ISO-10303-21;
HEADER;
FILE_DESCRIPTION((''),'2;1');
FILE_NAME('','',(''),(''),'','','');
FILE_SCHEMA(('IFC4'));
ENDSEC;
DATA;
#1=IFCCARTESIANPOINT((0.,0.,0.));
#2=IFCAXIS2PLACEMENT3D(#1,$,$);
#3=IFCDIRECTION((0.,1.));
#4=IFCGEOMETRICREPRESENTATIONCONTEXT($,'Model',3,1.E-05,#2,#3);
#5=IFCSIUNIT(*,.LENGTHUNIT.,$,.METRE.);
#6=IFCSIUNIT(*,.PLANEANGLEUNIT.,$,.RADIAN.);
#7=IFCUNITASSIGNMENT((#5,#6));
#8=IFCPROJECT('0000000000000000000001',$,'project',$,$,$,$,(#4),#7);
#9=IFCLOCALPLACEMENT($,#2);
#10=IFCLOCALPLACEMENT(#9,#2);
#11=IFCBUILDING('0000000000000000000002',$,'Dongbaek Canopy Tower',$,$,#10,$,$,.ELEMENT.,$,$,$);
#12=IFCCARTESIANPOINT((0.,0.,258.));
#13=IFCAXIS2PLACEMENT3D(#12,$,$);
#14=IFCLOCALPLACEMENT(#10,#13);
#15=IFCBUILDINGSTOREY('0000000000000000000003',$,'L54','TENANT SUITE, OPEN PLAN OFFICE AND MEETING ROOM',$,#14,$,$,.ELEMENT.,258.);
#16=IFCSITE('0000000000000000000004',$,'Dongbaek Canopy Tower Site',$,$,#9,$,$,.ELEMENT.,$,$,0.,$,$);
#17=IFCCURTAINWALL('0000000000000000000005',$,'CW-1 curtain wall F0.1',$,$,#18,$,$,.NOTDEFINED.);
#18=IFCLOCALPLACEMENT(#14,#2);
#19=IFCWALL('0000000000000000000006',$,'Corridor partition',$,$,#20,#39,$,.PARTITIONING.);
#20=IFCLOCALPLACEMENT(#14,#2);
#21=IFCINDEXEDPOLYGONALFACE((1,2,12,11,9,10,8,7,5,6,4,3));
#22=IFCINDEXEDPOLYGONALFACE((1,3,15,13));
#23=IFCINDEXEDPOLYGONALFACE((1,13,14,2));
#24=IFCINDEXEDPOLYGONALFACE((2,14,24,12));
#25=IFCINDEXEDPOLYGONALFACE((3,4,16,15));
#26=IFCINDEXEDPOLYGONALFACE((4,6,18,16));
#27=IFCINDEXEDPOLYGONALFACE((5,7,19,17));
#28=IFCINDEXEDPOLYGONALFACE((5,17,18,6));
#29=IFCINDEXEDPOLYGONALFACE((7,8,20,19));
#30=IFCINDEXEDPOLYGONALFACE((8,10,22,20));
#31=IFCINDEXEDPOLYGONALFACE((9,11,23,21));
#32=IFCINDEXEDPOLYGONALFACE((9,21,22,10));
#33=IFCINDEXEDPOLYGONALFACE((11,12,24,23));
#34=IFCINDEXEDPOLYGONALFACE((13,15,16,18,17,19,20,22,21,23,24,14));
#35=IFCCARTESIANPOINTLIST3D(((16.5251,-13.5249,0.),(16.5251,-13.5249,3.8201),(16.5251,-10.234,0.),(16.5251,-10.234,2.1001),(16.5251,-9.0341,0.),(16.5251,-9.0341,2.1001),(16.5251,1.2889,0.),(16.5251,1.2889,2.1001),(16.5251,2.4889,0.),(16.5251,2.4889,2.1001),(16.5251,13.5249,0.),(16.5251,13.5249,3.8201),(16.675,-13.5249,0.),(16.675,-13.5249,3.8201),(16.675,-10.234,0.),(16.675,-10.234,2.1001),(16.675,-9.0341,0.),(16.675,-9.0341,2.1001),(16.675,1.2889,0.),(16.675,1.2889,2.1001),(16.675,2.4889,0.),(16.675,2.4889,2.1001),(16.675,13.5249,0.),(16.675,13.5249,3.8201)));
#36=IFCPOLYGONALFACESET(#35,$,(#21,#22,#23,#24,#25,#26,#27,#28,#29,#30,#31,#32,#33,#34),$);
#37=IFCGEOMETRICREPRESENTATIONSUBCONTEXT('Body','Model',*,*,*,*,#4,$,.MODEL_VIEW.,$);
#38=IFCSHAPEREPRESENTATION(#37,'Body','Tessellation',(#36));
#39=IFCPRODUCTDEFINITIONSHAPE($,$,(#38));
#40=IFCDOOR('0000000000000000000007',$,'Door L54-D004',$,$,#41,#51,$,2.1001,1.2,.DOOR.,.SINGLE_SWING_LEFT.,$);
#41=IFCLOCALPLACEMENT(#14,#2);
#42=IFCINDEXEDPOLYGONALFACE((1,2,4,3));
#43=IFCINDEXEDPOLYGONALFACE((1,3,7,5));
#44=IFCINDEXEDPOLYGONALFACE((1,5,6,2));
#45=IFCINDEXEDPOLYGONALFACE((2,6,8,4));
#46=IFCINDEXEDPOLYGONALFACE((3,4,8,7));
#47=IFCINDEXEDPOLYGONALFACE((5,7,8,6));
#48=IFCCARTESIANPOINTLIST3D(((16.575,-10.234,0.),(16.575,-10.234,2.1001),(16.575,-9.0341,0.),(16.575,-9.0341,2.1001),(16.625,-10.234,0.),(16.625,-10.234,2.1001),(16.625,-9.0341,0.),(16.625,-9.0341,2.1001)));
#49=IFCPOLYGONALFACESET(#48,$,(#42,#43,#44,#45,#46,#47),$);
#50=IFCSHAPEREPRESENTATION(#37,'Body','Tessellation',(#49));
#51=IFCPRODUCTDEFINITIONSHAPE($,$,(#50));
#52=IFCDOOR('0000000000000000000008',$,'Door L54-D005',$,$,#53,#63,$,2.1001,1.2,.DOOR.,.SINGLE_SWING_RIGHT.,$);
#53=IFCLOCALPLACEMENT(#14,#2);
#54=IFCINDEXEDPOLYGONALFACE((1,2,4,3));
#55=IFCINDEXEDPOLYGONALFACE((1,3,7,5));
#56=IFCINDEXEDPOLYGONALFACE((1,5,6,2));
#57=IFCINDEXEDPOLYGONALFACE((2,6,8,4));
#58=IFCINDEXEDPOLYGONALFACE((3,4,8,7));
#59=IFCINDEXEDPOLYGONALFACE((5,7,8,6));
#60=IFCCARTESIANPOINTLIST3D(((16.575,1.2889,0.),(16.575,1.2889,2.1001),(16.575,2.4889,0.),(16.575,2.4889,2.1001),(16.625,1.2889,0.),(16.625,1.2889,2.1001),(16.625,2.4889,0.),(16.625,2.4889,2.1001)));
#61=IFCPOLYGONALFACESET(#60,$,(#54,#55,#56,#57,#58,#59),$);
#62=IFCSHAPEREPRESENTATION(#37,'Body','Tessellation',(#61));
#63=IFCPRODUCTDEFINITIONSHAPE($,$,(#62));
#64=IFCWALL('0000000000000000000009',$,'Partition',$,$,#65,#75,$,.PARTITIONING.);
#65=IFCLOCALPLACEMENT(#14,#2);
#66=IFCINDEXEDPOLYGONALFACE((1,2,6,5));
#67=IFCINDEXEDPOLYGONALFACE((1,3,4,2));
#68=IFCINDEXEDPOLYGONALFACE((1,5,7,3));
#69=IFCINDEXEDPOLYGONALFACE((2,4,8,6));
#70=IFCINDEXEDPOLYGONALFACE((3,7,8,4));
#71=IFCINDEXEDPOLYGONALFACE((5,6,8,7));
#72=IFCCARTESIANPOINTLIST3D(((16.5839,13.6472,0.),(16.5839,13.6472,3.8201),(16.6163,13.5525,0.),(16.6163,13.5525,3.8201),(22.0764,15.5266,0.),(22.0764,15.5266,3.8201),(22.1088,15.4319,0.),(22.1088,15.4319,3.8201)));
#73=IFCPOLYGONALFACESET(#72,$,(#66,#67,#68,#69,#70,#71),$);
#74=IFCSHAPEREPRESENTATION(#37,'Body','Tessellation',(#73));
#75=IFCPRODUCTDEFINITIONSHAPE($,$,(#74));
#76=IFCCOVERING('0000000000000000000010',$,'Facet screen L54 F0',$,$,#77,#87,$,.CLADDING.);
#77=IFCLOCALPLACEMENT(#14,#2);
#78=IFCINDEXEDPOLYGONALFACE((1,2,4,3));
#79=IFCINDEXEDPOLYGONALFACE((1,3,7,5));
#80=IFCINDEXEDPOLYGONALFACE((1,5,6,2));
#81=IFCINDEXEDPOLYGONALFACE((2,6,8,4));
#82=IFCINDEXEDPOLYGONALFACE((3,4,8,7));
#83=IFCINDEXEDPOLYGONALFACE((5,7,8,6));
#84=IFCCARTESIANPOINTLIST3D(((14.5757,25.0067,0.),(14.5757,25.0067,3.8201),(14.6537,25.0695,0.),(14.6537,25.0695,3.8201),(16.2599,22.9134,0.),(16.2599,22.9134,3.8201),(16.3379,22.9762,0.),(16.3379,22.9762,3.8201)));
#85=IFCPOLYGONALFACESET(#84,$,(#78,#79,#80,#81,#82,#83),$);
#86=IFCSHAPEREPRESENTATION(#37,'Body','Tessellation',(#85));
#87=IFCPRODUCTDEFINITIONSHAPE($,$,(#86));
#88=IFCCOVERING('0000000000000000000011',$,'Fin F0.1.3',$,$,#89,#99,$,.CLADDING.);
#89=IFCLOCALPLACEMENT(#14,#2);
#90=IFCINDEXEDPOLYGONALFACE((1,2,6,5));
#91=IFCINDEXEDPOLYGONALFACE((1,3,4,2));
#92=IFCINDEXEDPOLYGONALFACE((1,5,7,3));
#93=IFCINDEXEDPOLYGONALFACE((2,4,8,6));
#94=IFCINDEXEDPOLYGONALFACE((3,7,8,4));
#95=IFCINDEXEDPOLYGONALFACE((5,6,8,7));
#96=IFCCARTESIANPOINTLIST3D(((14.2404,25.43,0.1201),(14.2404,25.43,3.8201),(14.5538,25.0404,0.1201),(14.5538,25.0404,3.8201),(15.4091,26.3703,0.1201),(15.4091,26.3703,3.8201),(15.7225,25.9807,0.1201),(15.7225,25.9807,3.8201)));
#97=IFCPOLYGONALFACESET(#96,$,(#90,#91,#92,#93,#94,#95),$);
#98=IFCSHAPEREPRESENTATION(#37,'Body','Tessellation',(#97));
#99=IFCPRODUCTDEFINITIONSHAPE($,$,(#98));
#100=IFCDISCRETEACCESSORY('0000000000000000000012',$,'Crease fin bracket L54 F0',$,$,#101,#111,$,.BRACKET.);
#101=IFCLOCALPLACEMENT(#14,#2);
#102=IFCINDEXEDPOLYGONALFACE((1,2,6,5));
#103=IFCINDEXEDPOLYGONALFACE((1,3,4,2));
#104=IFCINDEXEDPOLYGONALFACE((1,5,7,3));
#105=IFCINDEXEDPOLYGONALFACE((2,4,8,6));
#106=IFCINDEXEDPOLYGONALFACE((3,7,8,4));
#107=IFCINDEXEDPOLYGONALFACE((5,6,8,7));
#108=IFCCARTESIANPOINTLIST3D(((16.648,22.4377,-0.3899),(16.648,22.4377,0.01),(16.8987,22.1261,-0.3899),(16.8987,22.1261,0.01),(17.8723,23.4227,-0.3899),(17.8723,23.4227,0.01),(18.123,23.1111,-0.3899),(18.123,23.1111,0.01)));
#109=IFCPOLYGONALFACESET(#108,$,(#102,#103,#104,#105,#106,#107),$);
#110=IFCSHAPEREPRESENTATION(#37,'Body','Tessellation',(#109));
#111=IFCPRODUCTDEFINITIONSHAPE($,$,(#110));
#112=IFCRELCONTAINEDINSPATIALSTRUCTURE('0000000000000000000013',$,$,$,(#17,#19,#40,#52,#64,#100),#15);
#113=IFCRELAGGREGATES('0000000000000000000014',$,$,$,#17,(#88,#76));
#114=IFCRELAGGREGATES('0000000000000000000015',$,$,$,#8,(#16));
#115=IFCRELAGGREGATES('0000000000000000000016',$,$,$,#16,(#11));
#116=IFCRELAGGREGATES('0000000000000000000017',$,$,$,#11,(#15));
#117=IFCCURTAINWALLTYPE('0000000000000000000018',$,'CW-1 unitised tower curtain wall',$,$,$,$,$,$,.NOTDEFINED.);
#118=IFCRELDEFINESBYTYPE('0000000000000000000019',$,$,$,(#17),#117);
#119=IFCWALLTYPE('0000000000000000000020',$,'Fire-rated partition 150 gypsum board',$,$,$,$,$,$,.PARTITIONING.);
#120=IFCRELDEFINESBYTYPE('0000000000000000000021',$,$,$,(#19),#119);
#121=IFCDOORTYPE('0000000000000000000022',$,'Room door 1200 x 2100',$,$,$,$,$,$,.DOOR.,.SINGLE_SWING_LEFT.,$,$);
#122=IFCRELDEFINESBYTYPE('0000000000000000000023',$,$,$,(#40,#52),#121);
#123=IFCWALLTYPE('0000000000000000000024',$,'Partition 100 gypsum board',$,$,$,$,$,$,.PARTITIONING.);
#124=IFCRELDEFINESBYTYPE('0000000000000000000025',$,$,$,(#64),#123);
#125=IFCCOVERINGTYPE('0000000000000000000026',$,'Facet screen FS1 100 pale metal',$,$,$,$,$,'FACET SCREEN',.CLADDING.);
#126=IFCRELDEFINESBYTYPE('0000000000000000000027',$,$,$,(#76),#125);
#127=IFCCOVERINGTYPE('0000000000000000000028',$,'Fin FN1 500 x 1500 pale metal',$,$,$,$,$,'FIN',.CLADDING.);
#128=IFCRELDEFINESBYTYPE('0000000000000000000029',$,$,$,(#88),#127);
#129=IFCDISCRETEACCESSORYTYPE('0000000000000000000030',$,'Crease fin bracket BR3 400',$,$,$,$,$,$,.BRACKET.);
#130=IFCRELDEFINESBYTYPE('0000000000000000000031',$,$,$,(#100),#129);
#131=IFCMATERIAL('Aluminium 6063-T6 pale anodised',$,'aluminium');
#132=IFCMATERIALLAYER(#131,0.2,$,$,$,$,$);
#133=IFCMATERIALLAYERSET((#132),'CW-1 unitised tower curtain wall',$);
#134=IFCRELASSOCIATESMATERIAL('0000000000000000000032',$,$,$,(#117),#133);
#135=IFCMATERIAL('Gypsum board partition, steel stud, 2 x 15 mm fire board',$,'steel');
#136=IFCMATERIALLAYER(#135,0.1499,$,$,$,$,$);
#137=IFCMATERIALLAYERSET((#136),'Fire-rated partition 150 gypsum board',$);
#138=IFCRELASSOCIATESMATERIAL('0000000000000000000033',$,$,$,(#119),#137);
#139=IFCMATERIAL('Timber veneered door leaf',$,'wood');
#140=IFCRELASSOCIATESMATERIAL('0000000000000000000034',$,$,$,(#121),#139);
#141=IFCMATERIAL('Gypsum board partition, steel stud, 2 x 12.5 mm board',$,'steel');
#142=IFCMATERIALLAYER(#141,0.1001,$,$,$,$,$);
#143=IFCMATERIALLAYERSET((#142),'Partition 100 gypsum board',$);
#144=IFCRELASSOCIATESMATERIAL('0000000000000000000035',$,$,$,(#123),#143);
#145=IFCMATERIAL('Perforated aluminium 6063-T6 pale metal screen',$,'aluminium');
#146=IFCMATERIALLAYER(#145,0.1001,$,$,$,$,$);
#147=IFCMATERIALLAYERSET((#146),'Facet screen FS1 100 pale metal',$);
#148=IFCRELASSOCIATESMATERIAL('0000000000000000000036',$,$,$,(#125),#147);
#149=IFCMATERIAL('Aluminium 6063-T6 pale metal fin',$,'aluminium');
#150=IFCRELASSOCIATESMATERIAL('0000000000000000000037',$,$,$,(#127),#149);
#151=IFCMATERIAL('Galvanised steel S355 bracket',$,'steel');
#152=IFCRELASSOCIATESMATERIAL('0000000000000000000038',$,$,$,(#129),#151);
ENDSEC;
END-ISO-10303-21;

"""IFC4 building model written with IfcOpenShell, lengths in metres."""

from ifc_helpers import new_model, si_unit, direction, frame, frame_2d, origin, origin_2d, place, context, subcontext, project, spatial, rectangle, extrude, material, layer, layer_set, material_profile, profile_set, type_object, element, fill, aggregate, save


model = new_model("IFC4")

# Units and contexts
model_context = context("Model", 3, precision=1e-05, world=origin(), true_north=direction((0.0, 1.0)))
body_context = subcontext(model_context, "Body", "Model", "MODEL_VIEW")
ifc_project = project(units=[si_unit("LENGTHUNIT", "METRE"), si_unit("PLANEANGLEUNIT", "RADIAN")], contexts=[model_context])

# Site, building, storey
site_placement = place(None, origin())
site = spatial("IfcSite", under=ifc_project, at=site_placement, Name="Dongbaek Canopy Tower Site", CompositionType="ELEMENT", RefElevation=0.0)
building_placement = place(site_placement, origin())
building = spatial("IfcBuilding", under=site, at=building_placement, Name="Dongbaek Canopy Tower", CompositionType="ELEMENT")
storey_placement = place(building_placement, frame((0.0, 0.0, 258.0)))
storey = spatial("IfcBuildingStorey", under=building, at=storey_placement, Name="L54", Description="TENANT SUITE, OPEN PLAN OFFICE AND MEETING ROOM", CompositionType="ELEMENT", Elevation=258.0)

# Curtain wall
ifc_material_1 = material(Name="Aluminium 6063-T6 pale anodised", Category="aluminium")
ifc_layer_1 = layer(ifc_material_1, 0.2)
ifc_layer_set_1 = layer_set([ifc_layer_1], Name="CW-1 unitised tower curtain wall")
curtain_wall_type = type_object("IfcCurtainWallType", Name="CW-1 unitised tower curtain wall", PredefinedType="NOTDEFINED", material=ifc_layer_set_1)
curtain_wall_placement = place(storey_placement, origin())
curtain_wall = element("IfcCurtainWall", 1, at=curtain_wall_placement, inside=storey, type_object=curtain_wall_type, Name="CW-1 curtain wall F0.1", PredefinedType="NOTDEFINED")

# Wall, openings, doors
ifc_material_2 = material(Name="Gypsum board partition, steel stud, 2 x 15 mm fire board", Category="steel")
ifc_layer_2 = layer(ifc_material_2, 0.1499)
ifc_layer_set_2 = layer_set([ifc_layer_2], Name="Fire-rated partition 150 gypsum board")
wall_type_1 = type_object("IfcWallType", Name="Fire-rated partition 150 gypsum board", PredefinedType="PARTITIONING", material=ifc_layer_set_2)
wall_1_placement = place(storey_placement, frame((16.6001, 13.5249, 0.0), z_axis=(0.0, 0.0, 1.0), x_axis=(0.0, -1.0, 0.0)))
wall_1 = element("IfcWall", 2, at=wall_1_placement, inside=storey, type_object=wall_type_1, Name="Corridor partition", PredefinedType="PARTITIONING", context=body_context, shape_type="SweptSolid", body=[
    extrude(rectangle(XDim=27.0498, YDim=0.1499, at=frame_2d((13.5249, 0.0))), origin(), (0.0, 0.0, 1.0), 3.8201),
])
opening_1_placement = place(wall_1_placement, frame((22.5588, 0.0, 0.0)))
opening_1 = element("IfcOpeningElement", 3, at=opening_1_placement, cuts=wall_1, PredefinedType="OPENING", context=body_context, shape_type="SweptSolid", body=[
    extrude(rectangle(XDim=1.2, YDim=2.1001, at=frame_2d((0.6001, 1.05))), frame((0.0, 0.085, 0.0), z_axis=(0.0, -1.0, 0.0), x_axis=(1.0, 0.0, 0.0)), (0.0, 0.0, 1.0), 0.1699),
])
opening_2_placement = place(wall_1_placement, frame((11.0359, 0.0, 0.0)))
opening_2 = element("IfcOpeningElement", 4, at=opening_2_placement, cuts=wall_1, PredefinedType="OPENING", context=body_context, shape_type="SweptSolid", body=[
    extrude(rectangle(XDim=1.2, YDim=2.1001, at=frame_2d((0.6001, 1.05))), frame((0.0, 0.085, 0.0), z_axis=(0.0, -1.0, 0.0), x_axis=(1.0, 0.0, 0.0)), (0.0, 0.0, 1.0), 0.1699),
])
ifc_material_3 = material(Name="Timber veneered door leaf", Category="wood")
door_type_1 = type_object("IfcDoorType", Name="Room door 1200 x 2100", OperationType="SINGLE_SWING_LEFT", PredefinedType="DOOR", material=ifc_material_3)
door_1_placement = place(opening_1_placement, origin())
door_1 = element("IfcDoor", 5, at=door_1_placement, inside=storey, type_object=door_type_1, Name="Door L54-D004", OperationType="SINGLE_SWING_LEFT", OverallHeight=2.1001, OverallWidth=1.2, PredefinedType="DOOR", context=body_context, shape_type="SweptSolid", body=[
    extrude(rectangle(XDim=1.2, YDim=2.1001, at=frame_2d((0.6001, 1.05))), frame((0.0, 0.0249, 0.0), z_axis=(0.0, -1.0, 0.0), x_axis=(1.0, 0.0, 0.0)), (0.0, 0.0, 1.0), 0.05),
])
fill(opening_1, door_1)
door_2_placement = place(opening_2_placement, origin())
door_2 = element("IfcDoor", 6, at=door_2_placement, inside=storey, type_object=door_type_1, Name="Door L54-D005", OperationType="SINGLE_SWING_RIGHT", OverallHeight=2.1001, OverallWidth=1.2, PredefinedType="DOOR", context=body_context, shape_type="SweptSolid", body=[
    extrude(rectangle(XDim=1.2, YDim=2.1001, at=frame_2d((0.6001, 1.05))), frame((0.0, 0.0249, 0.0), z_axis=(0.0, -1.0, 0.0), x_axis=(1.0, 0.0, 0.0)), (0.0, 0.0, 1.0), 0.05),
])
fill(opening_2, door_2)

# Wall
ifc_material_4 = material(Name="Gypsum board partition, steel stud, 2 x 12.5 mm board", Category="steel")
ifc_layer_3 = layer(ifc_material_4, 0.1001)
ifc_layer_set_3 = layer_set([ifc_layer_3], Name="Partition 100 gypsum board")
wall_type_2 = type_object("IfcWallType", Name="Partition 100 gypsum board", PredefinedType="PARTITIONING", material=ifc_layer_set_3)
wall_2_placement = place(storey_placement, frame((16.6001, 13.5999, 0.0), z_axis=(0.0, 0.0, 1.0), x_axis=(0.946143, 0.32375, 0.0)))
element("IfcWall", 7, at=wall_2_placement, inside=storey, type_object=wall_type_2, Name="Partition", PredefinedType="PARTITIONING", context=body_context, shape_type="SweptSolid", body=[
    extrude(rectangle(XDim=5.8052, YDim=0.1001, at=frame_2d((2.9026, 0.0))), origin(), (0.0, 0.0, 1.0), 3.8201),
])

# Coverings
ifc_material_5 = material(Name="Perforated aluminium 6063-T6 pale metal screen", Category="aluminium")
ifc_layer_4 = layer(ifc_material_5, 0.1001)
ifc_layer_set_4 = layer_set([ifc_layer_4], Name="Facet screen FS1 100 pale metal")
covering_type_1 = type_object("IfcCoveringType", Name="Facet screen FS1 100 pale metal", ElementType="FACET SCREEN", PredefinedType="CLADDING", material=ifc_layer_set_4)
covering_1_placement = place(storey_placement, frame((15.4568, 23.9915, 0.0), z_axis=(0.0, 0.0, 1.0), x_axis=(-0.626866, 0.779127, 0.0)))
covering_1 = element("IfcCovering", 8, at=covering_1_placement, type_object=covering_type_1, Name="Facet screen L54 F0", PredefinedType="CLADDING", context=body_context, shape_type="SweptSolid", body=[
    extrude(rectangle(XDim=2.6868, YDim=0.1001, at=origin_2d()), origin(), (0.0, 0.0, 1.0), 3.8201),
])
ifc_material_6 = material(Name="Aluminium 6063-T6 pale metal fin", Category="aluminium")
ifc_material_profile_1 = material_profile(ifc_material_6, rectangle(XDim=1.5, YDim=0.5, at=origin_2d()), Name="Fin FN1 500 x 1500 pale metal")
ifc_profile_set_1 = profile_set([ifc_material_profile_1], Name="Aluminium 6063-T6 pale metal fin")
covering_type_2 = type_object("IfcCoveringType", Name="Fin FN1 500 x 1500 pale metal", ElementType="FIN", PredefinedType="CLADDING", material=ifc_profile_set_1)
covering_2_placement = place(storey_placement, frame((14.9814, 25.7053, 0.1201), z_axis=(0.0, 0.0, 1.0), x_axis=(0.779126, 0.626867, 0.0)))
covering_2 = element("IfcCovering", 9, at=covering_2_placement, type_object=covering_type_2, Name="Fin F0.1.3", PredefinedType="CLADDING", context=body_context, shape_type="SweptSolid", body=[
    extrude(rectangle(XDim=1.5, YDim=0.5, at=origin_2d()), origin(), (0.0, 0.0, 1.0), 3.7),
])
aggregate(curtain_wall, [covering_2, covering_1])

# Discrete accessory
ifc_material_7 = material(Name="Galvanised steel S355 bracket", Category="steel")
discrete_accessory_type = type_object("IfcDiscreteAccessoryType", Name="Crease fin bracket BR3 400", PredefinedType="BRACKET", material=ifc_material_7)
discrete_accessory_placement = place(storey_placement, frame((17.3855, 22.7744, -0.3899), z_axis=(0.0, 0.0, 1.0), x_axis=(0.779127, 0.626866, 0.0)))
element("IfcDiscreteAccessory", 10, at=discrete_accessory_placement, inside=storey, type_object=discrete_accessory_type, Name="Crease fin bracket L54 F0", PredefinedType="BRACKET", context=body_context, shape_type="SweptSolid", body=[
    extrude(rectangle(XDim=1.5713, YDim=0.3999, at=origin_2d()), origin(), (0.0, 0.0, 1.0), 0.3999),
])

save(model, "model.ifc")
